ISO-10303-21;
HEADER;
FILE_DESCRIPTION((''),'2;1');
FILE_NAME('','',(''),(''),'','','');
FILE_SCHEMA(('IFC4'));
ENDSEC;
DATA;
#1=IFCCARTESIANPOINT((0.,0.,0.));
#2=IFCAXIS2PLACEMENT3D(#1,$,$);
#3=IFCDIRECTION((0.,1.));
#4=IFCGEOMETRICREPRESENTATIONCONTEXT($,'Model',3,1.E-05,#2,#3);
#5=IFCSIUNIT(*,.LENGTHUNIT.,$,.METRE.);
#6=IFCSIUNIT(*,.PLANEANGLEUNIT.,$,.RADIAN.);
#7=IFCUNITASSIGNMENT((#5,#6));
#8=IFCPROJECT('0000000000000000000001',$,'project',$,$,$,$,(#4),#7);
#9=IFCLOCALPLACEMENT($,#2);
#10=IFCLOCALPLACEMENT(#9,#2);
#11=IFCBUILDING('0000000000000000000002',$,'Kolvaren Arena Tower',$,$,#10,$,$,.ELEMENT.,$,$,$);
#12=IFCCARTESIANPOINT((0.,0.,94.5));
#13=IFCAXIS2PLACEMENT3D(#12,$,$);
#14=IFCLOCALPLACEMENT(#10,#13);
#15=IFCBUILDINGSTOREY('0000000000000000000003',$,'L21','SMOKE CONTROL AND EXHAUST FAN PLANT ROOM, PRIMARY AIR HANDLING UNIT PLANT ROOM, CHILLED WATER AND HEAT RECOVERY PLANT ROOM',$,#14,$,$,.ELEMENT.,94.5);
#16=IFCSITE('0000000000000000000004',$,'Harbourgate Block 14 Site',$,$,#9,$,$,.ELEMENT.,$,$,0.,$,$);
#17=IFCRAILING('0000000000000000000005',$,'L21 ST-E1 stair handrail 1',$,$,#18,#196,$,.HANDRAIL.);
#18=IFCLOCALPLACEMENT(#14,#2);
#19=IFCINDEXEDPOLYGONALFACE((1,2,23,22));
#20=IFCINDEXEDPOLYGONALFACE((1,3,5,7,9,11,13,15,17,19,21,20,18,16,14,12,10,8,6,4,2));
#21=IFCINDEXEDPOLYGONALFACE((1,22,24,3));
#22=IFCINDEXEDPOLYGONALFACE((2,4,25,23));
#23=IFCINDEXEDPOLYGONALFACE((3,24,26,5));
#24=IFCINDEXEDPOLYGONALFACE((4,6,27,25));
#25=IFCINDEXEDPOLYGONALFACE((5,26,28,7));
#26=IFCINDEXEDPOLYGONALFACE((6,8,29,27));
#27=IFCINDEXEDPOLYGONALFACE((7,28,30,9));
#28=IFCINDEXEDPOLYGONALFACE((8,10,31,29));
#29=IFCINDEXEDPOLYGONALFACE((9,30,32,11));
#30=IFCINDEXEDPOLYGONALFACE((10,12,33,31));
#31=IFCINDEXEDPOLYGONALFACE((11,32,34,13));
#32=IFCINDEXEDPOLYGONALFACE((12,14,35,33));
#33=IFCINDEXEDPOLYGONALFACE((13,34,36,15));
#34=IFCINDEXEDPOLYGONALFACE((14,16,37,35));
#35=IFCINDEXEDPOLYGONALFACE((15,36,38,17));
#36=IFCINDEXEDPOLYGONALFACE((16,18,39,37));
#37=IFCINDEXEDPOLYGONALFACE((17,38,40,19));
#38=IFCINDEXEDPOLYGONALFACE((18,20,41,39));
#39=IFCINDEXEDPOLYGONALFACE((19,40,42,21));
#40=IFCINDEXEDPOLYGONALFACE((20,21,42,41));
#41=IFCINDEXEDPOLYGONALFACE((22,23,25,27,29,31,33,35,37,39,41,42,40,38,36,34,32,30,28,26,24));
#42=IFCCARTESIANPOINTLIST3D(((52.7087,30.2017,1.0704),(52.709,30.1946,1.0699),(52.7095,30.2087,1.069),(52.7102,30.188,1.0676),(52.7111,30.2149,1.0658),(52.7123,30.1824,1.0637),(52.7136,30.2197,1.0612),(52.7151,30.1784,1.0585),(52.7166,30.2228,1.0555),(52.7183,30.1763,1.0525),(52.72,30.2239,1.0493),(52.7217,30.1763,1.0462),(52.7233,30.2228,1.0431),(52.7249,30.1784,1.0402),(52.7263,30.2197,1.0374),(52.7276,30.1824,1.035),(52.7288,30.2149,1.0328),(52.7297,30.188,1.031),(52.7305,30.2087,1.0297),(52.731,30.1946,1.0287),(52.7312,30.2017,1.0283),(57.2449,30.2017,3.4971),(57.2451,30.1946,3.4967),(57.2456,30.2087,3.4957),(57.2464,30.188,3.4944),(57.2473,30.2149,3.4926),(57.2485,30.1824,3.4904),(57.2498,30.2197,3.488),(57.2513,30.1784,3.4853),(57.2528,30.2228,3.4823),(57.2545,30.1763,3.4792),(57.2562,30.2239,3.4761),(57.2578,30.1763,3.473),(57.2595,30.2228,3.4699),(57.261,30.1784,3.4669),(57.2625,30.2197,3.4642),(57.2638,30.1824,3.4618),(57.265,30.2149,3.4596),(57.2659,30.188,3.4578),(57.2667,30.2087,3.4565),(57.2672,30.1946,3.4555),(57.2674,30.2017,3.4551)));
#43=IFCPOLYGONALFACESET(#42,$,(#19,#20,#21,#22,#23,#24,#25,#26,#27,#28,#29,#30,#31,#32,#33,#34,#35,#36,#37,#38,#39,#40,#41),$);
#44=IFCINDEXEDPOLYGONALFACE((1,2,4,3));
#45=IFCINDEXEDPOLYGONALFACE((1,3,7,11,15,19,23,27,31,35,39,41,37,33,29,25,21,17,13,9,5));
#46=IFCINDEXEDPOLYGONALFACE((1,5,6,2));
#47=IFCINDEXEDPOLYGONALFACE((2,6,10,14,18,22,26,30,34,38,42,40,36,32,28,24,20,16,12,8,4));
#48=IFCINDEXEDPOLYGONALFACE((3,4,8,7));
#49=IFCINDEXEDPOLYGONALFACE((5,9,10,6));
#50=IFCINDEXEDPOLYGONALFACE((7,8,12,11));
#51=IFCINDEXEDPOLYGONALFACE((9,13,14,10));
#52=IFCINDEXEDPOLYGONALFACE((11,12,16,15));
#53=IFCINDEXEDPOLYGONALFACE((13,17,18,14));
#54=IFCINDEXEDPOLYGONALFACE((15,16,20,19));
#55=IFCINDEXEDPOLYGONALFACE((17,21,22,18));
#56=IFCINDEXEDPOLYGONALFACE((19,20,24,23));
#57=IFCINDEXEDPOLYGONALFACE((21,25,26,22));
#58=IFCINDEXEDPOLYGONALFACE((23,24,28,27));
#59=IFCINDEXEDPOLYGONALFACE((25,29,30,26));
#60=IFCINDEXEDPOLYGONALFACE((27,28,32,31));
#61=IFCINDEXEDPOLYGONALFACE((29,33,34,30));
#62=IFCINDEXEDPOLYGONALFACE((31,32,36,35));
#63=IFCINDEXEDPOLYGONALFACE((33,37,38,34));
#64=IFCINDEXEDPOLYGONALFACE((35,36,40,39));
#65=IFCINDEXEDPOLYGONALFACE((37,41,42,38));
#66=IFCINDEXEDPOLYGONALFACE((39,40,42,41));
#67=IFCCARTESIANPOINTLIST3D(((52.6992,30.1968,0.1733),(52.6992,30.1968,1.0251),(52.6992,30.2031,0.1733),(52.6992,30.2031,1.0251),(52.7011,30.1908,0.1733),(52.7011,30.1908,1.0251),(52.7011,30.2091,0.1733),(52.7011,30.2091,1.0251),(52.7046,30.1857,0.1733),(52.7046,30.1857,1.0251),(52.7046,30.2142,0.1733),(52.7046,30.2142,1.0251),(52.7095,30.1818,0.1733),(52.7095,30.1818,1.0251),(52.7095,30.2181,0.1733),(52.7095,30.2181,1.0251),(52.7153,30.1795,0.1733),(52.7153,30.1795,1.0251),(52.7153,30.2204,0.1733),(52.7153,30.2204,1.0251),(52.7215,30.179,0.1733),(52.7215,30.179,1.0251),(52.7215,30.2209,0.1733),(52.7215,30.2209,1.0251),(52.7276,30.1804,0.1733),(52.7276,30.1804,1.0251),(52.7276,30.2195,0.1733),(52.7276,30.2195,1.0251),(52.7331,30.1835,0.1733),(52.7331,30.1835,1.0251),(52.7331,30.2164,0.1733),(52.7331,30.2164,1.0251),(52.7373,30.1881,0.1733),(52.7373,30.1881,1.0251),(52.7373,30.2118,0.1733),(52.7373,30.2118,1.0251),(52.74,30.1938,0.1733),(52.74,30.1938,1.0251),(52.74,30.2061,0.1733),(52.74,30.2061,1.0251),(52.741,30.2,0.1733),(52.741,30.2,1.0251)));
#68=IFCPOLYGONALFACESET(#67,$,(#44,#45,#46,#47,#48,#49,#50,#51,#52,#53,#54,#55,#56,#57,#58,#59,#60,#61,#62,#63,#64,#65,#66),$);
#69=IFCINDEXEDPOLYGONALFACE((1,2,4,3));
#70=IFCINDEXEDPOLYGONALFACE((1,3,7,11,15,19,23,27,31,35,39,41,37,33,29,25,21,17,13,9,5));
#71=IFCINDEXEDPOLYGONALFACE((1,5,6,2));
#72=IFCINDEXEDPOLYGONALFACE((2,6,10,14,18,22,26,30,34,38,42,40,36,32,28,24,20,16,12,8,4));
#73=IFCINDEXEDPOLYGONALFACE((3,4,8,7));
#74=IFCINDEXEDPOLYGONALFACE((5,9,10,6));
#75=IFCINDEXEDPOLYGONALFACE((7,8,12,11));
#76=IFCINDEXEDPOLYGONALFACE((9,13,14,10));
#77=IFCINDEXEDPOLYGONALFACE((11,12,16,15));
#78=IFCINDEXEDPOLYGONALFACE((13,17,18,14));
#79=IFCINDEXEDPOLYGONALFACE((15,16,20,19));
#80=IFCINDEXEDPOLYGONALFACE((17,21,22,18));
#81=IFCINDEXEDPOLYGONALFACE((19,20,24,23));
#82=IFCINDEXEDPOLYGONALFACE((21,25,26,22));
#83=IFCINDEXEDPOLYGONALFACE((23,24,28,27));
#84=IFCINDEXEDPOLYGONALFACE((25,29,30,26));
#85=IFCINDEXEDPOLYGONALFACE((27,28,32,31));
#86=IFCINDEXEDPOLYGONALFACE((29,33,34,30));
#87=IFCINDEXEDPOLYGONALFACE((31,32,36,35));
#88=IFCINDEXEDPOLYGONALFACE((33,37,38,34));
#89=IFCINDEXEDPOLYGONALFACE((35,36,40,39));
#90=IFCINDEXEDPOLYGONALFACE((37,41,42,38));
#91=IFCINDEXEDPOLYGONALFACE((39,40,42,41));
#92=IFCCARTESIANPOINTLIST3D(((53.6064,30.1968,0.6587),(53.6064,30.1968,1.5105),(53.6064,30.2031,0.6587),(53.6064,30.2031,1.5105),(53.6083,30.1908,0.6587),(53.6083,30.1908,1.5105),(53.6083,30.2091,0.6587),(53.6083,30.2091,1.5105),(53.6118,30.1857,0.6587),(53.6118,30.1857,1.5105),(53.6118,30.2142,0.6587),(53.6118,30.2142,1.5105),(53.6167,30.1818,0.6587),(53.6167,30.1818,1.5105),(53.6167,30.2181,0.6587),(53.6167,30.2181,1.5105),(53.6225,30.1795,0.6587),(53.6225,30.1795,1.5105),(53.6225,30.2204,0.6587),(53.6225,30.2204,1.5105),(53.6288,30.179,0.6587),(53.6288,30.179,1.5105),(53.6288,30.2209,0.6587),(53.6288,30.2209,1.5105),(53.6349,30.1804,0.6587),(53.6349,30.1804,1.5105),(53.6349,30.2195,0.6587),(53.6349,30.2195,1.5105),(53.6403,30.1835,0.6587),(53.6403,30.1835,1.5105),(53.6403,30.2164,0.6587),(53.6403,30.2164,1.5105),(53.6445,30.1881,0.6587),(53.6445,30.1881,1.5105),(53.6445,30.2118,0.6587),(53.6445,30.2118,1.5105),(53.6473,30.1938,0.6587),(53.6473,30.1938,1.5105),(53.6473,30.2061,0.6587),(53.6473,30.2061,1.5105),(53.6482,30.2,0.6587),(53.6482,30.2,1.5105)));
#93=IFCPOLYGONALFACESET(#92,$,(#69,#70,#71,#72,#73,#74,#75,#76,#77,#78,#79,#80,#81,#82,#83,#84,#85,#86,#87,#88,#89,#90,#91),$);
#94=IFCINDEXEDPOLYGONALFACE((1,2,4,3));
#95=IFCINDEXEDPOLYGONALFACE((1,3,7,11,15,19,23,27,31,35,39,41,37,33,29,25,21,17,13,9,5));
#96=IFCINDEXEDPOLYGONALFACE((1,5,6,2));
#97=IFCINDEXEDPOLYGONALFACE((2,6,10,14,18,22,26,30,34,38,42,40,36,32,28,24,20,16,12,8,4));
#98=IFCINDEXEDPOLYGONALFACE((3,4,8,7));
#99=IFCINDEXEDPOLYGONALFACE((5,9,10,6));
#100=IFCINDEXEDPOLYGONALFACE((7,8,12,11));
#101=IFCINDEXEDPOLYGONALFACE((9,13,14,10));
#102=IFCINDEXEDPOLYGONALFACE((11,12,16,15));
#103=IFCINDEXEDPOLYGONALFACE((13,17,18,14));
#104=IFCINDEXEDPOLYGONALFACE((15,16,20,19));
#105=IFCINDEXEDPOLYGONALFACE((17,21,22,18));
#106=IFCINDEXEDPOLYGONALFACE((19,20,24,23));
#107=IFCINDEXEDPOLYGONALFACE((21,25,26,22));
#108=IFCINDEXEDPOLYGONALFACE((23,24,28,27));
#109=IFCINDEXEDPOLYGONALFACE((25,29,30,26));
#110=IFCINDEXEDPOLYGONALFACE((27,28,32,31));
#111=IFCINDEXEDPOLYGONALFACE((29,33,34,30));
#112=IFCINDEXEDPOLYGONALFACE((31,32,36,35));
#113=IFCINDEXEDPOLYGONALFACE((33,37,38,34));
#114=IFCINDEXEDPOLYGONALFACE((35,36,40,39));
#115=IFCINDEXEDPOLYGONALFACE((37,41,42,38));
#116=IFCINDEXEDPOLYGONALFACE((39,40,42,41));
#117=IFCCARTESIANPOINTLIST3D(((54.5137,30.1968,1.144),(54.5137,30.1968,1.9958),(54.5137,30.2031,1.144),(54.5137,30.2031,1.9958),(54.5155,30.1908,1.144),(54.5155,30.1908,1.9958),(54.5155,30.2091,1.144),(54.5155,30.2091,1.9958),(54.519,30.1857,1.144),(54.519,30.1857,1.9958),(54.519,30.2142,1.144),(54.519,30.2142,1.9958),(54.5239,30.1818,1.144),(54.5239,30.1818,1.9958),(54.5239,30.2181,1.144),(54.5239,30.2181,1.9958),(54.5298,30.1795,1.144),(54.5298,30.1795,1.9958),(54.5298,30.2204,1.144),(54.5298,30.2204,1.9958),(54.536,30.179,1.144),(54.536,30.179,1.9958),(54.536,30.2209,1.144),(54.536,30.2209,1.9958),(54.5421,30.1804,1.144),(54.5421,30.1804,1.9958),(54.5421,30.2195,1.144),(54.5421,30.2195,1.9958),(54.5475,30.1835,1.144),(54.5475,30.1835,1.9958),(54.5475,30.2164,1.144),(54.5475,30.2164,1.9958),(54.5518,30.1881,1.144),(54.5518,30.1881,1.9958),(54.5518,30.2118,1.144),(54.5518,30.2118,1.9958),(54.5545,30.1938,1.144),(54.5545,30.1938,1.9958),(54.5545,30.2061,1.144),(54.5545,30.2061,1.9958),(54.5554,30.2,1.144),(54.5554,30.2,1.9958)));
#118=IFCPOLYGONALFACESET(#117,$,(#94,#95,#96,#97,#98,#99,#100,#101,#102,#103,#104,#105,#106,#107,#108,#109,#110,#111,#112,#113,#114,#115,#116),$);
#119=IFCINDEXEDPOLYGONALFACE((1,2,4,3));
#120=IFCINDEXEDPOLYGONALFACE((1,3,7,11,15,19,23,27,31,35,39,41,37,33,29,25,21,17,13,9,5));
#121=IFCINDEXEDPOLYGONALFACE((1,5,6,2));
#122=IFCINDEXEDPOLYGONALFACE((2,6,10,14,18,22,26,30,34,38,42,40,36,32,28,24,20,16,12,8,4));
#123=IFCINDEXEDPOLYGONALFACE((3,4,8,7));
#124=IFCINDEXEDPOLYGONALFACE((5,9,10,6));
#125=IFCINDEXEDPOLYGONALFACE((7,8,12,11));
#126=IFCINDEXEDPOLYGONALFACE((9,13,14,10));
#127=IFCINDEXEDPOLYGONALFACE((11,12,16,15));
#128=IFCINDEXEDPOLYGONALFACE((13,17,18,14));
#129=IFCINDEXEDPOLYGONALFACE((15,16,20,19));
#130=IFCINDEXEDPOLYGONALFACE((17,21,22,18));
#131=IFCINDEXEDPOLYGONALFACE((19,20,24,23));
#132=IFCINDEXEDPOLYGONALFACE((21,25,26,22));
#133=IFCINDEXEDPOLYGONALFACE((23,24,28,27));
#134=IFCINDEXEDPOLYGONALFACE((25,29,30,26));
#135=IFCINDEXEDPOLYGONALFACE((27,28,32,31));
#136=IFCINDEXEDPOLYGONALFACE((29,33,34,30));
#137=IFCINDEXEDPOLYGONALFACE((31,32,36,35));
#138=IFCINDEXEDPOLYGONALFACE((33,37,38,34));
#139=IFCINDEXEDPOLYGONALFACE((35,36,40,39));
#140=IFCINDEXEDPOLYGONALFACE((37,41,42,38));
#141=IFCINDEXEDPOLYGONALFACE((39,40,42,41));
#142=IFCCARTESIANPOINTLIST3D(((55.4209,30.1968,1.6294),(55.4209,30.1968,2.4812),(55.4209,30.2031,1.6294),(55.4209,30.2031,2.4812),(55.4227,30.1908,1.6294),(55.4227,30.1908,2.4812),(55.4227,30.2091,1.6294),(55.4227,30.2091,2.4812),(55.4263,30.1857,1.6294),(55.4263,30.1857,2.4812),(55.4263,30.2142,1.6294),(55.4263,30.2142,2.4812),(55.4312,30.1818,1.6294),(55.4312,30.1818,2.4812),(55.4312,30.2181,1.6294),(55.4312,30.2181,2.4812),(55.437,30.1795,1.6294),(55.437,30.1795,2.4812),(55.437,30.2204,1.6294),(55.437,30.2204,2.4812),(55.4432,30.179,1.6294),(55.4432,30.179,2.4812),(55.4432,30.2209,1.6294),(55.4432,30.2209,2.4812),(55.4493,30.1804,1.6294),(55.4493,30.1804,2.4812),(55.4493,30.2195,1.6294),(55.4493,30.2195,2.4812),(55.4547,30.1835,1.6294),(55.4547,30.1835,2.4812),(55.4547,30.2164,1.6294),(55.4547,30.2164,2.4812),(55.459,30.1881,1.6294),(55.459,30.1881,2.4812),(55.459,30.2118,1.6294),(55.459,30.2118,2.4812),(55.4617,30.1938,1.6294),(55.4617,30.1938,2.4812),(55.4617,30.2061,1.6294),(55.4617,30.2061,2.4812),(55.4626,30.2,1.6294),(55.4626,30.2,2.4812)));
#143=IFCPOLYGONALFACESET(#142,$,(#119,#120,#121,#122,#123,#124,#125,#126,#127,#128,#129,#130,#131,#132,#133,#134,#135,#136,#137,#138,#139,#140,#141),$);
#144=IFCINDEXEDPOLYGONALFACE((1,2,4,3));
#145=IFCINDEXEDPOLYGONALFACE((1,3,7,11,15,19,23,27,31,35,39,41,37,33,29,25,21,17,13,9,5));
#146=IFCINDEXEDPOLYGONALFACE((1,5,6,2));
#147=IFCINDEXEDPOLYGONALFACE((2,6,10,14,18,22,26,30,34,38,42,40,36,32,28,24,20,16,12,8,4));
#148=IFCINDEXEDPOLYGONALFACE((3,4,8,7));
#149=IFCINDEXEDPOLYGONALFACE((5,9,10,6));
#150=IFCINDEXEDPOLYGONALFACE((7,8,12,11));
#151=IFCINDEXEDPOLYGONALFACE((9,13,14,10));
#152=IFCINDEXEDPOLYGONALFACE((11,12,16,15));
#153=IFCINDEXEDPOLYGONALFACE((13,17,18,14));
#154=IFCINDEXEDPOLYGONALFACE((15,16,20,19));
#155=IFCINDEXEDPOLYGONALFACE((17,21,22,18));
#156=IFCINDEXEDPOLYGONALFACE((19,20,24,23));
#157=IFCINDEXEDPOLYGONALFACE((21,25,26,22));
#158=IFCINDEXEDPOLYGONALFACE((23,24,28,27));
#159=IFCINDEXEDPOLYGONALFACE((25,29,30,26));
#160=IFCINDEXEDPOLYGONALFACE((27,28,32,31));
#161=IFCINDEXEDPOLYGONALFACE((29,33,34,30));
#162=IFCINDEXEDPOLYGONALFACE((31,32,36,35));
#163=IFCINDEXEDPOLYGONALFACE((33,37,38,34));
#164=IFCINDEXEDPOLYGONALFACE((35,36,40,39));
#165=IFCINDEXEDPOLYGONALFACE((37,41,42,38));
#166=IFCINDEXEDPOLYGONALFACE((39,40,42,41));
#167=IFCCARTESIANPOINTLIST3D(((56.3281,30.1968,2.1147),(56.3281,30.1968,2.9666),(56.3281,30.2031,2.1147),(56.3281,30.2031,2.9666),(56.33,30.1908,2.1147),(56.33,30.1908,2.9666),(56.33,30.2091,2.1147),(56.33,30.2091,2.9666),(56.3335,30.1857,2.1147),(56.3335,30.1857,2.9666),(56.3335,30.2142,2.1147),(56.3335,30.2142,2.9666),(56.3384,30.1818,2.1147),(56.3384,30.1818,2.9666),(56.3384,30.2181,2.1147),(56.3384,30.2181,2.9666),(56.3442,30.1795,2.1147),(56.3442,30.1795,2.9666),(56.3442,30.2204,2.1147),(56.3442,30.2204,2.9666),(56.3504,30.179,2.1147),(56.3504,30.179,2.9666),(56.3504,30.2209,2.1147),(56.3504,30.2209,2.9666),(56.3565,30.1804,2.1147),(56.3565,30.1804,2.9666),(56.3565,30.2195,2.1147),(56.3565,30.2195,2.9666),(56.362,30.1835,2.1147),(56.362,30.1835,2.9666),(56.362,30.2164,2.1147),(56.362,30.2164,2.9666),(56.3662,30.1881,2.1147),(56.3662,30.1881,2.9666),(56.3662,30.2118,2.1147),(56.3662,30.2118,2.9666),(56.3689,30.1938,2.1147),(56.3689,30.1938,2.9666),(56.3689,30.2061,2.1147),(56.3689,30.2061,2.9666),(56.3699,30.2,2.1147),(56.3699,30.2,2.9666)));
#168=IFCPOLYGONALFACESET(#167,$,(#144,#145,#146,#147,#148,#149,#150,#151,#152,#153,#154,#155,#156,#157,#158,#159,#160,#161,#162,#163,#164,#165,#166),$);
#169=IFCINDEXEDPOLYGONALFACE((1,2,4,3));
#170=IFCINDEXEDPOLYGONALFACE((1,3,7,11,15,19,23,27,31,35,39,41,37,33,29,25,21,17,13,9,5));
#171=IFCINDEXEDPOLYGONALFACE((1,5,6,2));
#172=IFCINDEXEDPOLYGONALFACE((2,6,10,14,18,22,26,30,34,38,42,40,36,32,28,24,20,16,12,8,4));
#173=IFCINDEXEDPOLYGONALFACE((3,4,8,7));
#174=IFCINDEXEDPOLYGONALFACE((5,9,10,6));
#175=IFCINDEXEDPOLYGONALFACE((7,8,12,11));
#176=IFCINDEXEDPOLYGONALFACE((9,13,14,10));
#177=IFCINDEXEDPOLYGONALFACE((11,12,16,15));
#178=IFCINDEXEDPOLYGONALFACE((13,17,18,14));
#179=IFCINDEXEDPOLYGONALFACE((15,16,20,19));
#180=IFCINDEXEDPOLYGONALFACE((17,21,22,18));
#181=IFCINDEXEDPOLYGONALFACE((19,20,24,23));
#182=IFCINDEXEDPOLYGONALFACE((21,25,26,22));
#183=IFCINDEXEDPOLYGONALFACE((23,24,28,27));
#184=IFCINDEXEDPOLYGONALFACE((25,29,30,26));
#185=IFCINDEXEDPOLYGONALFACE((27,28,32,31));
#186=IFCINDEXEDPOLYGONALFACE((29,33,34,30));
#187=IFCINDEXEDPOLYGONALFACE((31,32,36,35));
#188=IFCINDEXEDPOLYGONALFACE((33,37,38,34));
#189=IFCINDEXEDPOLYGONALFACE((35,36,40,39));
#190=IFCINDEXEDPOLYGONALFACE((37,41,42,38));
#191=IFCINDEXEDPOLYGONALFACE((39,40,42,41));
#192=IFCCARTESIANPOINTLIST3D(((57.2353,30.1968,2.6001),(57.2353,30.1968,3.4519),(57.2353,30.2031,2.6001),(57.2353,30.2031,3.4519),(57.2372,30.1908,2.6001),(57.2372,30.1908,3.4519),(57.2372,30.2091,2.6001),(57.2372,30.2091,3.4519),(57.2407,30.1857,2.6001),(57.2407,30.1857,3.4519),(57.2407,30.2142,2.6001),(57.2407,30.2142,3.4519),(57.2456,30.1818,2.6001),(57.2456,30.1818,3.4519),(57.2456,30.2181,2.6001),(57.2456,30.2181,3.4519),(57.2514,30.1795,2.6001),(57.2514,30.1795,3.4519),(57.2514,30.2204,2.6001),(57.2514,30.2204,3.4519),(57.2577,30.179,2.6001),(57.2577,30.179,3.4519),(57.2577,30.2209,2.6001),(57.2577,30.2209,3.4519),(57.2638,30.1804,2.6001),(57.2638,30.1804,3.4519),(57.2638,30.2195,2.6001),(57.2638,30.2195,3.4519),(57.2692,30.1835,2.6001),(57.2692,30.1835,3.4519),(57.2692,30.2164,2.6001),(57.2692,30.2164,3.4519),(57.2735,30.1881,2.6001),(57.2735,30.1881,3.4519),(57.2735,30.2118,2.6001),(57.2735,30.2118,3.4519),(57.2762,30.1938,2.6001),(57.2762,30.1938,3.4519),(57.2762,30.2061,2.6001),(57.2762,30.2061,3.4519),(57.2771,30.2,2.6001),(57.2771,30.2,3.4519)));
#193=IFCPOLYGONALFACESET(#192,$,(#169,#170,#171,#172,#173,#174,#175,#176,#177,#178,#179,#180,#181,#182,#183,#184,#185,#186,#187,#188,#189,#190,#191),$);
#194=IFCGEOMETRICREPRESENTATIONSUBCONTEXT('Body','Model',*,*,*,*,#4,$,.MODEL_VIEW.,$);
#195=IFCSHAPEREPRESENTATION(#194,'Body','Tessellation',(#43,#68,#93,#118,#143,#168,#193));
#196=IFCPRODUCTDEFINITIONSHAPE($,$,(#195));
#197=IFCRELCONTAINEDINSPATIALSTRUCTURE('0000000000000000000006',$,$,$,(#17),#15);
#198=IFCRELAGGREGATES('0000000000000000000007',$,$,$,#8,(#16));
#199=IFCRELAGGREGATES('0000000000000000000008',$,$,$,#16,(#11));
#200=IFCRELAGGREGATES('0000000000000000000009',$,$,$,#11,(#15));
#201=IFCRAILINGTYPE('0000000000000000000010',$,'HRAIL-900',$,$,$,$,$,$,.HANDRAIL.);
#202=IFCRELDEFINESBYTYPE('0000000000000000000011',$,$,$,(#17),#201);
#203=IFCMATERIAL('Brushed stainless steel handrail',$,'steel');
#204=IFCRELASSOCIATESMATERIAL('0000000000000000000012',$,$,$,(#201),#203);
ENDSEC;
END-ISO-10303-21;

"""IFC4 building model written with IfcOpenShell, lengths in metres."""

from ifc_helpers import new_model, si_unit, direction, frame, origin, origin_2d, place, context, subcontext, project, spatial, circle, extrude, material, type_object, element, save


model = new_model("IFC4")

# Units and contexts
model_context = context("Model", 3, precision=1e-05, world=origin(), true_north=direction((0.0, 1.0)))
body_context = subcontext(model_context, "Body", "Model", "MODEL_VIEW")
ifc_project = project(units=[si_unit("LENGTHUNIT", "METRE"), si_unit("PLANEANGLEUNIT", "RADIAN")], contexts=[model_context])

# Site, building, storey
site_placement = place(None, origin())
site = spatial("IfcSite", under=ifc_project, at=site_placement, Name="Harbourgate Block 14 Site", CompositionType="ELEMENT", RefElevation=0.0)
building_placement = place(site_placement, origin())
building = spatial("IfcBuilding", under=site, at=building_placement, Name="Kolvaren Arena Tower", CompositionType="ELEMENT")
storey_placement = place(building_placement, frame((0.0, 0.0, 94.5)))
storey = spatial("IfcBuildingStorey", under=building, at=storey_placement, Name="L21", Description="SMOKE CONTROL AND EXHAUST FAN PLANT ROOM, PRIMARY AIR HANDLING UNIT PLANT ROOM, CHILLED WATER AND HEAT RECOVERY PLANT ROOM", CompositionType="ELEMENT", Elevation=94.5)

# Railing
ifc_material_1 = material(Name="Brushed stainless steel handrail", Category="steel")
railing_type_1 = type_object("IfcRailingType", Name="HRAIL-900", PredefinedType="HANDRAIL", material=ifc_material_1)
railing_1_placement = place(storey_placement, frame((52.72, 30.2, 0.1733)))
element("IfcRailing", 1, at=railing_1_placement, inside=storey, type_object=railing_type_1, Name="L21 ST-E1 stair handrail 1", PredefinedType="HANDRAIL", context=body_context, shape_type="SweptSolid", body=[
    extrude(circle(Radius=0.0239, at=origin_2d()), frame((0.0, 0.0, 0.876), z_axis=(0.881748, 0.0, 0.471721), x_axis=(0.0, 1.0, 0.0)), (0.0, 0.0, 1.0), 5.1445),
    extrude(circle(Radius=0.021, at=origin_2d()), origin(), (0.0, 0.0, 1.0), 0.8518),
    extrude(circle(Radius=0.021, at=origin_2d()), frame((0.9072, 0.0, 0.4854)), (0.0, 0.0, 1.0), 0.8518),
    extrude(circle(Radius=0.021, at=origin_2d()), frame((1.8145, 0.0, 0.9707)), (0.0, 0.0, 1.0), 0.8518),
    extrude(circle(Radius=0.021, at=origin_2d()), frame((2.7217, 0.0, 1.4561)), (0.0, 0.0, 1.0), 0.8518),
    extrude(circle(Radius=0.021, at=origin_2d()), frame((3.6289, 0.0, 1.9414)), (0.0, 0.0, 1.0), 0.8518),
    extrude(circle(Radius=0.021, at=origin_2d()), frame((4.5361, 0.0, 2.4268)), (0.0, 0.0, 1.0), 0.8518),
])

save(model, "model.ifc")
